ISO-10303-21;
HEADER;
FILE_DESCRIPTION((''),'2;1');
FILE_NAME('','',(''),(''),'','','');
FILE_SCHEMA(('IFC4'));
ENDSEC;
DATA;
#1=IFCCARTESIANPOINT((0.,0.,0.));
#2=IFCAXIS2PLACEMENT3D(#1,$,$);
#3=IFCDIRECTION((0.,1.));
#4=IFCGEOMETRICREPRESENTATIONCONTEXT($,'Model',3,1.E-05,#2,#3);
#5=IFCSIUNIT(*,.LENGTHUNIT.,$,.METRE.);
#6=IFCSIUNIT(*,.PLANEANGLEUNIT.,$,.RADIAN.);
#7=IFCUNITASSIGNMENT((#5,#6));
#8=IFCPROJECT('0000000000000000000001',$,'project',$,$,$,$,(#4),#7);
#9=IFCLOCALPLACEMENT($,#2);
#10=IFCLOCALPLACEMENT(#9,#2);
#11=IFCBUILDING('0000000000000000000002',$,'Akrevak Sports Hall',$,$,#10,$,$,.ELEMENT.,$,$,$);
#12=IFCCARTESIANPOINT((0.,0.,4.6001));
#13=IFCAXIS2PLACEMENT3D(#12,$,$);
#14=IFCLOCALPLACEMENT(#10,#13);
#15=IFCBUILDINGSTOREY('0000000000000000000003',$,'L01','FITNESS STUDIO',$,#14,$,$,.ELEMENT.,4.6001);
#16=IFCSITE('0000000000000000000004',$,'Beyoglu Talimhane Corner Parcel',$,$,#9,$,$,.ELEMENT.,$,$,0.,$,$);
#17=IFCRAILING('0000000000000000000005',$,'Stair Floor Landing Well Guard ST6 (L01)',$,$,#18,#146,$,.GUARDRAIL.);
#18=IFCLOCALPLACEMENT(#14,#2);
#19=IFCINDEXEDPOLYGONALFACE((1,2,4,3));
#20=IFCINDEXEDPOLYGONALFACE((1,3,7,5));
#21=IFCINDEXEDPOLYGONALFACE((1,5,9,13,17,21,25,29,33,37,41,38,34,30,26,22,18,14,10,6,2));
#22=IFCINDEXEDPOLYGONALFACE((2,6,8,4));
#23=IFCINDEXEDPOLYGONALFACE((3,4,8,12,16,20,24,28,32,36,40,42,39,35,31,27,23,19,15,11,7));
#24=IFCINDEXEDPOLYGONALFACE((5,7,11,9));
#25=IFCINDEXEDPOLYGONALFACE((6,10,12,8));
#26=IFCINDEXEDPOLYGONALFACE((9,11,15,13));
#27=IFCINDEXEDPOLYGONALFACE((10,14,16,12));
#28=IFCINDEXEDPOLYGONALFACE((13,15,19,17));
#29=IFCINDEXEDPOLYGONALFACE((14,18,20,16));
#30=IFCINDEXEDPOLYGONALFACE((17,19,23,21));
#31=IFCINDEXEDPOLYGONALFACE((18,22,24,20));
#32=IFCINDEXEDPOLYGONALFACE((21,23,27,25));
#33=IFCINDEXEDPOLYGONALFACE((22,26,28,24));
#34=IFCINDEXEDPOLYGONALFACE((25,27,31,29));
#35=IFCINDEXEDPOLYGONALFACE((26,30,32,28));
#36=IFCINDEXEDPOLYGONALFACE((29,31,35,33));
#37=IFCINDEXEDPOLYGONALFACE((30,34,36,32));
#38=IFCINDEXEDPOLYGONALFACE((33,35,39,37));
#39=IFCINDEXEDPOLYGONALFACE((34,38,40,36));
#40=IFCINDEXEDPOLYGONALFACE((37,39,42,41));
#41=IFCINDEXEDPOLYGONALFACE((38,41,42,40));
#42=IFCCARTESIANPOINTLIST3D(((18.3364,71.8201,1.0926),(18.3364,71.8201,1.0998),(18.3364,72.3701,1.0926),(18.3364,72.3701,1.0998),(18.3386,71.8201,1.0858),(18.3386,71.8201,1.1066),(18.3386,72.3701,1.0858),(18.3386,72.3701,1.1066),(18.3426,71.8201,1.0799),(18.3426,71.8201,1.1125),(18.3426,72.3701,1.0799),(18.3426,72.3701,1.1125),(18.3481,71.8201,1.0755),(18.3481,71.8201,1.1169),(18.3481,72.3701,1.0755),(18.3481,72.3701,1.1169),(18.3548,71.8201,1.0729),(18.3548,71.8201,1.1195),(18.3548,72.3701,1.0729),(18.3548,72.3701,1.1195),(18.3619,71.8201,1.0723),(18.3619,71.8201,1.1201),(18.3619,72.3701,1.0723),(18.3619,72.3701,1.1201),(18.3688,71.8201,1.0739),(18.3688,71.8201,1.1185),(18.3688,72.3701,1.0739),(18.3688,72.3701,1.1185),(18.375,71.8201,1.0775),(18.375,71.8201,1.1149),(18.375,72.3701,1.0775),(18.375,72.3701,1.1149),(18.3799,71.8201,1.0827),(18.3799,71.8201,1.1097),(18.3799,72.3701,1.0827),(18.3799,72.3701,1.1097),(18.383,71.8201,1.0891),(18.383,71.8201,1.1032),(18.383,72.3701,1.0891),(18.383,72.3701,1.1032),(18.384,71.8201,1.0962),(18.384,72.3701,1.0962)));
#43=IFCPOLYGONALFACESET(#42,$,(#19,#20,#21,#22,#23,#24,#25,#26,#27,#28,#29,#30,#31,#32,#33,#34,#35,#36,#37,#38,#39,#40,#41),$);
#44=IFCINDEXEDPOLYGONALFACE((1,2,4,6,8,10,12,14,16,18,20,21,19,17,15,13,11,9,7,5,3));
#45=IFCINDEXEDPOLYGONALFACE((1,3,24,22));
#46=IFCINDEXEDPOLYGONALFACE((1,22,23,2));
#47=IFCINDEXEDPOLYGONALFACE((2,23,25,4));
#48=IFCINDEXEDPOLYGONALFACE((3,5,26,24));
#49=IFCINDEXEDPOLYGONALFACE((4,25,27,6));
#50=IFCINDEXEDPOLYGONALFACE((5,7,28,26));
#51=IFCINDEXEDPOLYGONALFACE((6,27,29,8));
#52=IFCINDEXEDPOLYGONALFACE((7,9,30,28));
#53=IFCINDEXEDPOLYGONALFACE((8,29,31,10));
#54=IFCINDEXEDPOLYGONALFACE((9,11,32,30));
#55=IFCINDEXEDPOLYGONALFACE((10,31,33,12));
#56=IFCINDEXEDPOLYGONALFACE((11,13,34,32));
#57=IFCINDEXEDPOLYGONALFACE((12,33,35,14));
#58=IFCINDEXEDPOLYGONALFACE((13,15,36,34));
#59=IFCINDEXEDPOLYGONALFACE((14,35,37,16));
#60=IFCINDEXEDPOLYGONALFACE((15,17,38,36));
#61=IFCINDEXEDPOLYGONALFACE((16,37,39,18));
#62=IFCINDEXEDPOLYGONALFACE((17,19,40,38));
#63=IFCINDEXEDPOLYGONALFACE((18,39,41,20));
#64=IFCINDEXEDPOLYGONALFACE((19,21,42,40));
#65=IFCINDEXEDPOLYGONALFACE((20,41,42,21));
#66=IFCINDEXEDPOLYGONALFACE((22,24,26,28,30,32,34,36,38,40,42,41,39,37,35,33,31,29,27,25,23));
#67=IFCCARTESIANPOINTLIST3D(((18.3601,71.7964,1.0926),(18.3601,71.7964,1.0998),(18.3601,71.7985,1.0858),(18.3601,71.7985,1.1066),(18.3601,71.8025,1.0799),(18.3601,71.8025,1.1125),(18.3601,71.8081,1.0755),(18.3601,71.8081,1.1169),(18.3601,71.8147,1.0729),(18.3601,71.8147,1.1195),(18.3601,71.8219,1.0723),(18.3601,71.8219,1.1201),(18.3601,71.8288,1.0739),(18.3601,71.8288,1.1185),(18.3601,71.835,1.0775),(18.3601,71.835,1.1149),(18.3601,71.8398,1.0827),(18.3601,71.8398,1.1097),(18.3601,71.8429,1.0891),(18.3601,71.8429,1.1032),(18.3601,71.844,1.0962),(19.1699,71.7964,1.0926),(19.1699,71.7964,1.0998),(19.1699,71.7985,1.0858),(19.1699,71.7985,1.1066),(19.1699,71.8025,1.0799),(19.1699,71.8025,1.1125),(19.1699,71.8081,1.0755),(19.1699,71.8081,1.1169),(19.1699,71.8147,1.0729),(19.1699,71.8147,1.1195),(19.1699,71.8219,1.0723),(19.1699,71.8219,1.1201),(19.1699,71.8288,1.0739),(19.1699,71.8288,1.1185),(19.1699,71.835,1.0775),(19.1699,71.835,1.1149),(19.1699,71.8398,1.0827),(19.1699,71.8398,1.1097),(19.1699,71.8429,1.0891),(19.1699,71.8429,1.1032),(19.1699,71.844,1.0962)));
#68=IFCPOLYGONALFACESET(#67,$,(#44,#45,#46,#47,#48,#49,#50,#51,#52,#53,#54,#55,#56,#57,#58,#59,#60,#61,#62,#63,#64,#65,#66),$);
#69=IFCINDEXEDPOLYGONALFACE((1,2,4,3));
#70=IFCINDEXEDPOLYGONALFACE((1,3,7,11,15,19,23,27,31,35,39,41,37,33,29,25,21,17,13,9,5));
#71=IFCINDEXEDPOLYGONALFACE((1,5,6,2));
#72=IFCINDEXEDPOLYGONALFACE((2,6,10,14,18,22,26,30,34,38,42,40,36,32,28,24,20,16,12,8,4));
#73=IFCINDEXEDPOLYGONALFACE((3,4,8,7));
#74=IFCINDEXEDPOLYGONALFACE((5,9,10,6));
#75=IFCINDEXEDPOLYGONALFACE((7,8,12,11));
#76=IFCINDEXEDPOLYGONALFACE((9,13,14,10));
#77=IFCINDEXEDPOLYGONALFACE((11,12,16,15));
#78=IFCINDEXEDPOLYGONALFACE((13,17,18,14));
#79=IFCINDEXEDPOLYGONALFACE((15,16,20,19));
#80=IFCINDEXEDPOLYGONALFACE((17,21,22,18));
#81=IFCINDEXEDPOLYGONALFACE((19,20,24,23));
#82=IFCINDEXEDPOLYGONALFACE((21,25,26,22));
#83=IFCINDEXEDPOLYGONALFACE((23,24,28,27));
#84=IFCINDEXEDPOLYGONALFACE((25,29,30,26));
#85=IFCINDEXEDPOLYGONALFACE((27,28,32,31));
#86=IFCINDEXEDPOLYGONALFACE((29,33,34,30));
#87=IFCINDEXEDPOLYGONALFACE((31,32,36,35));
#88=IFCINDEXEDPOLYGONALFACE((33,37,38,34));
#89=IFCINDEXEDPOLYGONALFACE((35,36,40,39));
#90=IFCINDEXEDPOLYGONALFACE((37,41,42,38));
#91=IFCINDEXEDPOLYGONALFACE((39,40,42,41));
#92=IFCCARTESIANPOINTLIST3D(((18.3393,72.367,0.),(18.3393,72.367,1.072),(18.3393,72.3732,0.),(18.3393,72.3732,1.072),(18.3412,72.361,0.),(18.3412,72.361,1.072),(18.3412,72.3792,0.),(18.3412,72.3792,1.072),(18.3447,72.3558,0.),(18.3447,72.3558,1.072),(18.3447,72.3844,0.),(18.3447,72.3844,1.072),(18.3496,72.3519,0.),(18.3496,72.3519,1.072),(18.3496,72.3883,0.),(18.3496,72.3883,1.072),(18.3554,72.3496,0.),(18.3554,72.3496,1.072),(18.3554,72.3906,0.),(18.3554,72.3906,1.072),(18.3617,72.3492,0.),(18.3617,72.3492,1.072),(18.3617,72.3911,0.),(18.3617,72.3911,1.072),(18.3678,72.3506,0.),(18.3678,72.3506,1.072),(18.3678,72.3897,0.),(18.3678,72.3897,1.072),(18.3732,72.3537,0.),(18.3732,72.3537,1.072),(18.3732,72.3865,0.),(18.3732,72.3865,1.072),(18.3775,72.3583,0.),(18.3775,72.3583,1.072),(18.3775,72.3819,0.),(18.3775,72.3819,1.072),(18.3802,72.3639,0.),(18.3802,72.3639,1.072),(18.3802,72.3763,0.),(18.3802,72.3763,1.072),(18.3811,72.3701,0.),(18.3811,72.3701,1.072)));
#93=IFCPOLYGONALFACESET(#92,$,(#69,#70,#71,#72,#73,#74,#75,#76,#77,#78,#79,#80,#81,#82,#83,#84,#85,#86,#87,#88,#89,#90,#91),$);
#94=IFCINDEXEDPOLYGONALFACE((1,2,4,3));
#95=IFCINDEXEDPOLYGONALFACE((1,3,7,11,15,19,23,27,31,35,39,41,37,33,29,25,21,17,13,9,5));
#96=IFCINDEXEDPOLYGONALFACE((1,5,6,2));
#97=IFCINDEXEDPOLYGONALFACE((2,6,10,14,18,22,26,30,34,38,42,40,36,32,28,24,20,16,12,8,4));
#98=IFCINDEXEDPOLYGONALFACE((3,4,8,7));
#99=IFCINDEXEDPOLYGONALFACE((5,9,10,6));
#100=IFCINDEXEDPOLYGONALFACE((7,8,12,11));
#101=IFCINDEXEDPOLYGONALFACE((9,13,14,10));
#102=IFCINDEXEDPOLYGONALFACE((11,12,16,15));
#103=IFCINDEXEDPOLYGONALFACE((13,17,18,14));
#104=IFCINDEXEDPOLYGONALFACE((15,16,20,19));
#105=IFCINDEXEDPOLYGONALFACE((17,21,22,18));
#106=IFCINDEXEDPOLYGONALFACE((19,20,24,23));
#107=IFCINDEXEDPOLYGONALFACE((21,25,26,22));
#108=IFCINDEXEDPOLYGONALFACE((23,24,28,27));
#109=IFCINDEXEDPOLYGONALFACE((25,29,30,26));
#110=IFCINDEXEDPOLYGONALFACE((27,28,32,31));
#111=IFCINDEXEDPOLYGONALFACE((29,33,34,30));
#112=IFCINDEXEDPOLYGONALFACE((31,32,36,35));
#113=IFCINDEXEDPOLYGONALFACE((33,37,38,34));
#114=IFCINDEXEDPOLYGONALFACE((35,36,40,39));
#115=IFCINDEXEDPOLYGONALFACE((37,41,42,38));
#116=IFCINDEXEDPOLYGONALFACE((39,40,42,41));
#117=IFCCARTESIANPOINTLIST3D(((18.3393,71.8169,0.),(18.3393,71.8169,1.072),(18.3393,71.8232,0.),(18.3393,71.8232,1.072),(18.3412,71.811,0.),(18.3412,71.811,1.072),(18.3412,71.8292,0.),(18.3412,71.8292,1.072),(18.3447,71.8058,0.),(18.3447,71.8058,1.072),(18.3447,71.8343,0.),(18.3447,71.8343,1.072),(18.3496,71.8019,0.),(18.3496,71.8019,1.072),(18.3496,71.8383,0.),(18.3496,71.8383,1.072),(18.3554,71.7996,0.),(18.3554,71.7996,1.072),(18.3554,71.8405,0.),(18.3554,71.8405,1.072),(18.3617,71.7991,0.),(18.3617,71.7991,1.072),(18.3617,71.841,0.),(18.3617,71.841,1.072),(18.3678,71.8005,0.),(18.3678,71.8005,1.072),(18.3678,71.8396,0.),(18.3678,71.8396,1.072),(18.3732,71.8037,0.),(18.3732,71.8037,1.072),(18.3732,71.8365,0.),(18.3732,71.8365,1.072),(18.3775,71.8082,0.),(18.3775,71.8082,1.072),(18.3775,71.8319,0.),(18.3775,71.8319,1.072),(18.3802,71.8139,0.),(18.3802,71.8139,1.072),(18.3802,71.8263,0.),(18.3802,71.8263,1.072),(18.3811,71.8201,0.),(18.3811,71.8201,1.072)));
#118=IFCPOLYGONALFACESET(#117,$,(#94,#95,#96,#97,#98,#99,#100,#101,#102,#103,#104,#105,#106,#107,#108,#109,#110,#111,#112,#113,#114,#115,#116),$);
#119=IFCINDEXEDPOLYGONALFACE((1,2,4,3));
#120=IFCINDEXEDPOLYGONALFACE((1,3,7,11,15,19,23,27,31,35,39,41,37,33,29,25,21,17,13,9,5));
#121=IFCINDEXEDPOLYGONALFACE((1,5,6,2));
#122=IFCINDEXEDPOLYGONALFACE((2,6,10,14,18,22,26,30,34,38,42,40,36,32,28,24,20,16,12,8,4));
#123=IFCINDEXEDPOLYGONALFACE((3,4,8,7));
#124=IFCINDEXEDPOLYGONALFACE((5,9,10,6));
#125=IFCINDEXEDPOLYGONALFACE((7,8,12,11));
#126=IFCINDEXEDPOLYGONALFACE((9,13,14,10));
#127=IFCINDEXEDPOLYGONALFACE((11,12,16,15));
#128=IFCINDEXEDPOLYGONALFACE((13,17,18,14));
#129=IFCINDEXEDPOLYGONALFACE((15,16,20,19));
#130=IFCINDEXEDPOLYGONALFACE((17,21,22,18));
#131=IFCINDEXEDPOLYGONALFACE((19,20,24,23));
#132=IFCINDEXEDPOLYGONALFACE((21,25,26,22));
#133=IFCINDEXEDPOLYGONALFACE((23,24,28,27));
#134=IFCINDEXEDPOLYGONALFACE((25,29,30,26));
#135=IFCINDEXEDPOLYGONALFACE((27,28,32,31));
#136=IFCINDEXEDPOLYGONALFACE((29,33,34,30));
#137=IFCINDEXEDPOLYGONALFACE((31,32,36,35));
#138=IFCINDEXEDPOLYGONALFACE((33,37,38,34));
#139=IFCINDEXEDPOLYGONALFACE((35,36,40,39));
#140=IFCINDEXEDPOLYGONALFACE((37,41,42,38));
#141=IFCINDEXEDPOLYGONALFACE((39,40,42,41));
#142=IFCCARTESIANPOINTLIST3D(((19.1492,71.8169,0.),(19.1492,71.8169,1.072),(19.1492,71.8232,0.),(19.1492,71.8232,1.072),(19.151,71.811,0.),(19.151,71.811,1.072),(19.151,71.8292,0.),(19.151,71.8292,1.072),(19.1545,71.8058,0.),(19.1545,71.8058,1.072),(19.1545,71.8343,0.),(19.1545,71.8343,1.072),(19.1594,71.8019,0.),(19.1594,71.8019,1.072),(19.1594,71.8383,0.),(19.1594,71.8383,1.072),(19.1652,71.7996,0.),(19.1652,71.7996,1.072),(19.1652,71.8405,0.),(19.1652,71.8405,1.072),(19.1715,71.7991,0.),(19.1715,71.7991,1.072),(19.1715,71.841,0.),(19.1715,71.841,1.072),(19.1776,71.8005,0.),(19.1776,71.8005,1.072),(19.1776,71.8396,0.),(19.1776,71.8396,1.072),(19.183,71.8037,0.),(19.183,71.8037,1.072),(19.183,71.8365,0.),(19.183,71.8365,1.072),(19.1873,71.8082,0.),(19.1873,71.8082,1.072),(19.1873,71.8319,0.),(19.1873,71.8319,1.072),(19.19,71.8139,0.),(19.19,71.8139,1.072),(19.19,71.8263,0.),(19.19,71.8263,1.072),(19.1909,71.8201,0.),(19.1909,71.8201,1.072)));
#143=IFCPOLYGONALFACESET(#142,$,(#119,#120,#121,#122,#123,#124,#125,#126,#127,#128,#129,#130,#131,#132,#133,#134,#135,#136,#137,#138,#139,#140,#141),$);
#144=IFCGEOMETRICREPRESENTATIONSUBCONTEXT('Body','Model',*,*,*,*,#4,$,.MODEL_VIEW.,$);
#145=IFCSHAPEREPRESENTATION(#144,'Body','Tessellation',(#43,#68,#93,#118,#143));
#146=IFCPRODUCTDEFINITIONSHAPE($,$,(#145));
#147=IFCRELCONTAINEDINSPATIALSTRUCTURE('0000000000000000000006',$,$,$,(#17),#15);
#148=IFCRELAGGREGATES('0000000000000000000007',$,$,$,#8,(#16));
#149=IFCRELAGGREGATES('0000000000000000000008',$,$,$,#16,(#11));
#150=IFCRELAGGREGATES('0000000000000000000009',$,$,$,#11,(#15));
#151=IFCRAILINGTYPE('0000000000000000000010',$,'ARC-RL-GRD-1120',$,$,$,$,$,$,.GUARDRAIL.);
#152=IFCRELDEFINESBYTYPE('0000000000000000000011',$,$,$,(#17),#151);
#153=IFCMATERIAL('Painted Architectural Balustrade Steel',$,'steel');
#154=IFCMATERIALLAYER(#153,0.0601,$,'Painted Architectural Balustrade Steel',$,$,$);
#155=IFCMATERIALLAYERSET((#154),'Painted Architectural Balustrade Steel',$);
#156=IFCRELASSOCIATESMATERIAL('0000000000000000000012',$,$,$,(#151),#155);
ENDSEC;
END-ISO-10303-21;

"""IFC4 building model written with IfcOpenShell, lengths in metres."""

from ifc_helpers import new_model, si_unit, direction, frame, origin, origin_2d, place, context, subcontext, project, spatial, circle, extrude, material, layer, layer_set, type_object, element, save


model = new_model("IFC4")

# Units and contexts
model_context = context("Model", 3, precision=1e-05, world=origin(), true_north=direction((0.0, 1.0)))
body_context = subcontext(model_context, "Body", "Model", "MODEL_VIEW")
ifc_project = project(units=[si_unit("LENGTHUNIT", "METRE"), si_unit("PLANEANGLEUNIT", "RADIAN")], contexts=[model_context])

# Site, building, storey
site_placement = place(None, origin())
site = spatial("IfcSite", under=ifc_project, at=site_placement, Name="Beyoglu Talimhane Corner Parcel", CompositionType="ELEMENT", RefElevation=0.0)
building_placement = place(site_placement, origin())
building = spatial("IfcBuilding", under=site, at=building_placement, Name="Akrevak Sports Hall", CompositionType="ELEMENT")
storey_placement = place(building_placement, frame((0.0, 0.0, 4.6001)))
storey = spatial("IfcBuildingStorey", under=building, at=storey_placement, Name="L01", Description="FITNESS STUDIO", CompositionType="ELEMENT", Elevation=4.6001)

# Railing
ifc_material_1 = material(Name="Painted Architectural Balustrade Steel", Category="steel")
ifc_layer_1 = layer(ifc_material_1, 0.0601, Name="Painted Architectural Balustrade Steel")
ifc_layer_set_1 = layer_set([ifc_layer_1], Name="Painted Architectural Balustrade Steel")
railing_type_1 = type_object("IfcRailingType", Name="ARC-RL-GRD-1120", PredefinedType="GUARDRAIL", material=ifc_layer_set_1)
railing_1_placement = place(storey_placement, frame((18.3601, 72.3701, 0.0)))
element("IfcRailing", 1, at=railing_1_placement, inside=storey, type_object=railing_type_1, Name="Stair Floor Landing Well Guard ST6 (L01)", PredefinedType="GUARDRAIL", context=body_context, shape_type="SweptSolid", body=[
    extrude(circle(Radius=0.0239, at=origin_2d()), frame((0.0, 0.0, 1.0962), z_axis=(0.0, -1.0, 0.0), x_axis=(1.0, 0.0, 0.0)), (0.0, 0.0, 1.0), 0.55),
    extrude(circle(Radius=0.0239, at=origin_2d()), frame((0.0, -0.55, 1.0962), z_axis=(1.0, 0.0, 0.0), x_axis=(0.0, 1.0, 0.0)), (0.0, 0.0, 1.0), 0.8098),
    extrude(circle(Radius=0.021, at=origin_2d()), origin(), (0.0, 0.0, 1.0), 1.072),
    extrude(circle(Radius=0.021, at=origin_2d()), frame((0.0, -0.55, 0.0)), (0.0, 0.0, 1.0), 1.072),
    extrude(circle(Radius=0.021, at=origin_2d()), frame((0.8098, -0.55, 0.0)), (0.0, 0.0, 1.0), 1.072),
])

save(model, "model.ifc")
